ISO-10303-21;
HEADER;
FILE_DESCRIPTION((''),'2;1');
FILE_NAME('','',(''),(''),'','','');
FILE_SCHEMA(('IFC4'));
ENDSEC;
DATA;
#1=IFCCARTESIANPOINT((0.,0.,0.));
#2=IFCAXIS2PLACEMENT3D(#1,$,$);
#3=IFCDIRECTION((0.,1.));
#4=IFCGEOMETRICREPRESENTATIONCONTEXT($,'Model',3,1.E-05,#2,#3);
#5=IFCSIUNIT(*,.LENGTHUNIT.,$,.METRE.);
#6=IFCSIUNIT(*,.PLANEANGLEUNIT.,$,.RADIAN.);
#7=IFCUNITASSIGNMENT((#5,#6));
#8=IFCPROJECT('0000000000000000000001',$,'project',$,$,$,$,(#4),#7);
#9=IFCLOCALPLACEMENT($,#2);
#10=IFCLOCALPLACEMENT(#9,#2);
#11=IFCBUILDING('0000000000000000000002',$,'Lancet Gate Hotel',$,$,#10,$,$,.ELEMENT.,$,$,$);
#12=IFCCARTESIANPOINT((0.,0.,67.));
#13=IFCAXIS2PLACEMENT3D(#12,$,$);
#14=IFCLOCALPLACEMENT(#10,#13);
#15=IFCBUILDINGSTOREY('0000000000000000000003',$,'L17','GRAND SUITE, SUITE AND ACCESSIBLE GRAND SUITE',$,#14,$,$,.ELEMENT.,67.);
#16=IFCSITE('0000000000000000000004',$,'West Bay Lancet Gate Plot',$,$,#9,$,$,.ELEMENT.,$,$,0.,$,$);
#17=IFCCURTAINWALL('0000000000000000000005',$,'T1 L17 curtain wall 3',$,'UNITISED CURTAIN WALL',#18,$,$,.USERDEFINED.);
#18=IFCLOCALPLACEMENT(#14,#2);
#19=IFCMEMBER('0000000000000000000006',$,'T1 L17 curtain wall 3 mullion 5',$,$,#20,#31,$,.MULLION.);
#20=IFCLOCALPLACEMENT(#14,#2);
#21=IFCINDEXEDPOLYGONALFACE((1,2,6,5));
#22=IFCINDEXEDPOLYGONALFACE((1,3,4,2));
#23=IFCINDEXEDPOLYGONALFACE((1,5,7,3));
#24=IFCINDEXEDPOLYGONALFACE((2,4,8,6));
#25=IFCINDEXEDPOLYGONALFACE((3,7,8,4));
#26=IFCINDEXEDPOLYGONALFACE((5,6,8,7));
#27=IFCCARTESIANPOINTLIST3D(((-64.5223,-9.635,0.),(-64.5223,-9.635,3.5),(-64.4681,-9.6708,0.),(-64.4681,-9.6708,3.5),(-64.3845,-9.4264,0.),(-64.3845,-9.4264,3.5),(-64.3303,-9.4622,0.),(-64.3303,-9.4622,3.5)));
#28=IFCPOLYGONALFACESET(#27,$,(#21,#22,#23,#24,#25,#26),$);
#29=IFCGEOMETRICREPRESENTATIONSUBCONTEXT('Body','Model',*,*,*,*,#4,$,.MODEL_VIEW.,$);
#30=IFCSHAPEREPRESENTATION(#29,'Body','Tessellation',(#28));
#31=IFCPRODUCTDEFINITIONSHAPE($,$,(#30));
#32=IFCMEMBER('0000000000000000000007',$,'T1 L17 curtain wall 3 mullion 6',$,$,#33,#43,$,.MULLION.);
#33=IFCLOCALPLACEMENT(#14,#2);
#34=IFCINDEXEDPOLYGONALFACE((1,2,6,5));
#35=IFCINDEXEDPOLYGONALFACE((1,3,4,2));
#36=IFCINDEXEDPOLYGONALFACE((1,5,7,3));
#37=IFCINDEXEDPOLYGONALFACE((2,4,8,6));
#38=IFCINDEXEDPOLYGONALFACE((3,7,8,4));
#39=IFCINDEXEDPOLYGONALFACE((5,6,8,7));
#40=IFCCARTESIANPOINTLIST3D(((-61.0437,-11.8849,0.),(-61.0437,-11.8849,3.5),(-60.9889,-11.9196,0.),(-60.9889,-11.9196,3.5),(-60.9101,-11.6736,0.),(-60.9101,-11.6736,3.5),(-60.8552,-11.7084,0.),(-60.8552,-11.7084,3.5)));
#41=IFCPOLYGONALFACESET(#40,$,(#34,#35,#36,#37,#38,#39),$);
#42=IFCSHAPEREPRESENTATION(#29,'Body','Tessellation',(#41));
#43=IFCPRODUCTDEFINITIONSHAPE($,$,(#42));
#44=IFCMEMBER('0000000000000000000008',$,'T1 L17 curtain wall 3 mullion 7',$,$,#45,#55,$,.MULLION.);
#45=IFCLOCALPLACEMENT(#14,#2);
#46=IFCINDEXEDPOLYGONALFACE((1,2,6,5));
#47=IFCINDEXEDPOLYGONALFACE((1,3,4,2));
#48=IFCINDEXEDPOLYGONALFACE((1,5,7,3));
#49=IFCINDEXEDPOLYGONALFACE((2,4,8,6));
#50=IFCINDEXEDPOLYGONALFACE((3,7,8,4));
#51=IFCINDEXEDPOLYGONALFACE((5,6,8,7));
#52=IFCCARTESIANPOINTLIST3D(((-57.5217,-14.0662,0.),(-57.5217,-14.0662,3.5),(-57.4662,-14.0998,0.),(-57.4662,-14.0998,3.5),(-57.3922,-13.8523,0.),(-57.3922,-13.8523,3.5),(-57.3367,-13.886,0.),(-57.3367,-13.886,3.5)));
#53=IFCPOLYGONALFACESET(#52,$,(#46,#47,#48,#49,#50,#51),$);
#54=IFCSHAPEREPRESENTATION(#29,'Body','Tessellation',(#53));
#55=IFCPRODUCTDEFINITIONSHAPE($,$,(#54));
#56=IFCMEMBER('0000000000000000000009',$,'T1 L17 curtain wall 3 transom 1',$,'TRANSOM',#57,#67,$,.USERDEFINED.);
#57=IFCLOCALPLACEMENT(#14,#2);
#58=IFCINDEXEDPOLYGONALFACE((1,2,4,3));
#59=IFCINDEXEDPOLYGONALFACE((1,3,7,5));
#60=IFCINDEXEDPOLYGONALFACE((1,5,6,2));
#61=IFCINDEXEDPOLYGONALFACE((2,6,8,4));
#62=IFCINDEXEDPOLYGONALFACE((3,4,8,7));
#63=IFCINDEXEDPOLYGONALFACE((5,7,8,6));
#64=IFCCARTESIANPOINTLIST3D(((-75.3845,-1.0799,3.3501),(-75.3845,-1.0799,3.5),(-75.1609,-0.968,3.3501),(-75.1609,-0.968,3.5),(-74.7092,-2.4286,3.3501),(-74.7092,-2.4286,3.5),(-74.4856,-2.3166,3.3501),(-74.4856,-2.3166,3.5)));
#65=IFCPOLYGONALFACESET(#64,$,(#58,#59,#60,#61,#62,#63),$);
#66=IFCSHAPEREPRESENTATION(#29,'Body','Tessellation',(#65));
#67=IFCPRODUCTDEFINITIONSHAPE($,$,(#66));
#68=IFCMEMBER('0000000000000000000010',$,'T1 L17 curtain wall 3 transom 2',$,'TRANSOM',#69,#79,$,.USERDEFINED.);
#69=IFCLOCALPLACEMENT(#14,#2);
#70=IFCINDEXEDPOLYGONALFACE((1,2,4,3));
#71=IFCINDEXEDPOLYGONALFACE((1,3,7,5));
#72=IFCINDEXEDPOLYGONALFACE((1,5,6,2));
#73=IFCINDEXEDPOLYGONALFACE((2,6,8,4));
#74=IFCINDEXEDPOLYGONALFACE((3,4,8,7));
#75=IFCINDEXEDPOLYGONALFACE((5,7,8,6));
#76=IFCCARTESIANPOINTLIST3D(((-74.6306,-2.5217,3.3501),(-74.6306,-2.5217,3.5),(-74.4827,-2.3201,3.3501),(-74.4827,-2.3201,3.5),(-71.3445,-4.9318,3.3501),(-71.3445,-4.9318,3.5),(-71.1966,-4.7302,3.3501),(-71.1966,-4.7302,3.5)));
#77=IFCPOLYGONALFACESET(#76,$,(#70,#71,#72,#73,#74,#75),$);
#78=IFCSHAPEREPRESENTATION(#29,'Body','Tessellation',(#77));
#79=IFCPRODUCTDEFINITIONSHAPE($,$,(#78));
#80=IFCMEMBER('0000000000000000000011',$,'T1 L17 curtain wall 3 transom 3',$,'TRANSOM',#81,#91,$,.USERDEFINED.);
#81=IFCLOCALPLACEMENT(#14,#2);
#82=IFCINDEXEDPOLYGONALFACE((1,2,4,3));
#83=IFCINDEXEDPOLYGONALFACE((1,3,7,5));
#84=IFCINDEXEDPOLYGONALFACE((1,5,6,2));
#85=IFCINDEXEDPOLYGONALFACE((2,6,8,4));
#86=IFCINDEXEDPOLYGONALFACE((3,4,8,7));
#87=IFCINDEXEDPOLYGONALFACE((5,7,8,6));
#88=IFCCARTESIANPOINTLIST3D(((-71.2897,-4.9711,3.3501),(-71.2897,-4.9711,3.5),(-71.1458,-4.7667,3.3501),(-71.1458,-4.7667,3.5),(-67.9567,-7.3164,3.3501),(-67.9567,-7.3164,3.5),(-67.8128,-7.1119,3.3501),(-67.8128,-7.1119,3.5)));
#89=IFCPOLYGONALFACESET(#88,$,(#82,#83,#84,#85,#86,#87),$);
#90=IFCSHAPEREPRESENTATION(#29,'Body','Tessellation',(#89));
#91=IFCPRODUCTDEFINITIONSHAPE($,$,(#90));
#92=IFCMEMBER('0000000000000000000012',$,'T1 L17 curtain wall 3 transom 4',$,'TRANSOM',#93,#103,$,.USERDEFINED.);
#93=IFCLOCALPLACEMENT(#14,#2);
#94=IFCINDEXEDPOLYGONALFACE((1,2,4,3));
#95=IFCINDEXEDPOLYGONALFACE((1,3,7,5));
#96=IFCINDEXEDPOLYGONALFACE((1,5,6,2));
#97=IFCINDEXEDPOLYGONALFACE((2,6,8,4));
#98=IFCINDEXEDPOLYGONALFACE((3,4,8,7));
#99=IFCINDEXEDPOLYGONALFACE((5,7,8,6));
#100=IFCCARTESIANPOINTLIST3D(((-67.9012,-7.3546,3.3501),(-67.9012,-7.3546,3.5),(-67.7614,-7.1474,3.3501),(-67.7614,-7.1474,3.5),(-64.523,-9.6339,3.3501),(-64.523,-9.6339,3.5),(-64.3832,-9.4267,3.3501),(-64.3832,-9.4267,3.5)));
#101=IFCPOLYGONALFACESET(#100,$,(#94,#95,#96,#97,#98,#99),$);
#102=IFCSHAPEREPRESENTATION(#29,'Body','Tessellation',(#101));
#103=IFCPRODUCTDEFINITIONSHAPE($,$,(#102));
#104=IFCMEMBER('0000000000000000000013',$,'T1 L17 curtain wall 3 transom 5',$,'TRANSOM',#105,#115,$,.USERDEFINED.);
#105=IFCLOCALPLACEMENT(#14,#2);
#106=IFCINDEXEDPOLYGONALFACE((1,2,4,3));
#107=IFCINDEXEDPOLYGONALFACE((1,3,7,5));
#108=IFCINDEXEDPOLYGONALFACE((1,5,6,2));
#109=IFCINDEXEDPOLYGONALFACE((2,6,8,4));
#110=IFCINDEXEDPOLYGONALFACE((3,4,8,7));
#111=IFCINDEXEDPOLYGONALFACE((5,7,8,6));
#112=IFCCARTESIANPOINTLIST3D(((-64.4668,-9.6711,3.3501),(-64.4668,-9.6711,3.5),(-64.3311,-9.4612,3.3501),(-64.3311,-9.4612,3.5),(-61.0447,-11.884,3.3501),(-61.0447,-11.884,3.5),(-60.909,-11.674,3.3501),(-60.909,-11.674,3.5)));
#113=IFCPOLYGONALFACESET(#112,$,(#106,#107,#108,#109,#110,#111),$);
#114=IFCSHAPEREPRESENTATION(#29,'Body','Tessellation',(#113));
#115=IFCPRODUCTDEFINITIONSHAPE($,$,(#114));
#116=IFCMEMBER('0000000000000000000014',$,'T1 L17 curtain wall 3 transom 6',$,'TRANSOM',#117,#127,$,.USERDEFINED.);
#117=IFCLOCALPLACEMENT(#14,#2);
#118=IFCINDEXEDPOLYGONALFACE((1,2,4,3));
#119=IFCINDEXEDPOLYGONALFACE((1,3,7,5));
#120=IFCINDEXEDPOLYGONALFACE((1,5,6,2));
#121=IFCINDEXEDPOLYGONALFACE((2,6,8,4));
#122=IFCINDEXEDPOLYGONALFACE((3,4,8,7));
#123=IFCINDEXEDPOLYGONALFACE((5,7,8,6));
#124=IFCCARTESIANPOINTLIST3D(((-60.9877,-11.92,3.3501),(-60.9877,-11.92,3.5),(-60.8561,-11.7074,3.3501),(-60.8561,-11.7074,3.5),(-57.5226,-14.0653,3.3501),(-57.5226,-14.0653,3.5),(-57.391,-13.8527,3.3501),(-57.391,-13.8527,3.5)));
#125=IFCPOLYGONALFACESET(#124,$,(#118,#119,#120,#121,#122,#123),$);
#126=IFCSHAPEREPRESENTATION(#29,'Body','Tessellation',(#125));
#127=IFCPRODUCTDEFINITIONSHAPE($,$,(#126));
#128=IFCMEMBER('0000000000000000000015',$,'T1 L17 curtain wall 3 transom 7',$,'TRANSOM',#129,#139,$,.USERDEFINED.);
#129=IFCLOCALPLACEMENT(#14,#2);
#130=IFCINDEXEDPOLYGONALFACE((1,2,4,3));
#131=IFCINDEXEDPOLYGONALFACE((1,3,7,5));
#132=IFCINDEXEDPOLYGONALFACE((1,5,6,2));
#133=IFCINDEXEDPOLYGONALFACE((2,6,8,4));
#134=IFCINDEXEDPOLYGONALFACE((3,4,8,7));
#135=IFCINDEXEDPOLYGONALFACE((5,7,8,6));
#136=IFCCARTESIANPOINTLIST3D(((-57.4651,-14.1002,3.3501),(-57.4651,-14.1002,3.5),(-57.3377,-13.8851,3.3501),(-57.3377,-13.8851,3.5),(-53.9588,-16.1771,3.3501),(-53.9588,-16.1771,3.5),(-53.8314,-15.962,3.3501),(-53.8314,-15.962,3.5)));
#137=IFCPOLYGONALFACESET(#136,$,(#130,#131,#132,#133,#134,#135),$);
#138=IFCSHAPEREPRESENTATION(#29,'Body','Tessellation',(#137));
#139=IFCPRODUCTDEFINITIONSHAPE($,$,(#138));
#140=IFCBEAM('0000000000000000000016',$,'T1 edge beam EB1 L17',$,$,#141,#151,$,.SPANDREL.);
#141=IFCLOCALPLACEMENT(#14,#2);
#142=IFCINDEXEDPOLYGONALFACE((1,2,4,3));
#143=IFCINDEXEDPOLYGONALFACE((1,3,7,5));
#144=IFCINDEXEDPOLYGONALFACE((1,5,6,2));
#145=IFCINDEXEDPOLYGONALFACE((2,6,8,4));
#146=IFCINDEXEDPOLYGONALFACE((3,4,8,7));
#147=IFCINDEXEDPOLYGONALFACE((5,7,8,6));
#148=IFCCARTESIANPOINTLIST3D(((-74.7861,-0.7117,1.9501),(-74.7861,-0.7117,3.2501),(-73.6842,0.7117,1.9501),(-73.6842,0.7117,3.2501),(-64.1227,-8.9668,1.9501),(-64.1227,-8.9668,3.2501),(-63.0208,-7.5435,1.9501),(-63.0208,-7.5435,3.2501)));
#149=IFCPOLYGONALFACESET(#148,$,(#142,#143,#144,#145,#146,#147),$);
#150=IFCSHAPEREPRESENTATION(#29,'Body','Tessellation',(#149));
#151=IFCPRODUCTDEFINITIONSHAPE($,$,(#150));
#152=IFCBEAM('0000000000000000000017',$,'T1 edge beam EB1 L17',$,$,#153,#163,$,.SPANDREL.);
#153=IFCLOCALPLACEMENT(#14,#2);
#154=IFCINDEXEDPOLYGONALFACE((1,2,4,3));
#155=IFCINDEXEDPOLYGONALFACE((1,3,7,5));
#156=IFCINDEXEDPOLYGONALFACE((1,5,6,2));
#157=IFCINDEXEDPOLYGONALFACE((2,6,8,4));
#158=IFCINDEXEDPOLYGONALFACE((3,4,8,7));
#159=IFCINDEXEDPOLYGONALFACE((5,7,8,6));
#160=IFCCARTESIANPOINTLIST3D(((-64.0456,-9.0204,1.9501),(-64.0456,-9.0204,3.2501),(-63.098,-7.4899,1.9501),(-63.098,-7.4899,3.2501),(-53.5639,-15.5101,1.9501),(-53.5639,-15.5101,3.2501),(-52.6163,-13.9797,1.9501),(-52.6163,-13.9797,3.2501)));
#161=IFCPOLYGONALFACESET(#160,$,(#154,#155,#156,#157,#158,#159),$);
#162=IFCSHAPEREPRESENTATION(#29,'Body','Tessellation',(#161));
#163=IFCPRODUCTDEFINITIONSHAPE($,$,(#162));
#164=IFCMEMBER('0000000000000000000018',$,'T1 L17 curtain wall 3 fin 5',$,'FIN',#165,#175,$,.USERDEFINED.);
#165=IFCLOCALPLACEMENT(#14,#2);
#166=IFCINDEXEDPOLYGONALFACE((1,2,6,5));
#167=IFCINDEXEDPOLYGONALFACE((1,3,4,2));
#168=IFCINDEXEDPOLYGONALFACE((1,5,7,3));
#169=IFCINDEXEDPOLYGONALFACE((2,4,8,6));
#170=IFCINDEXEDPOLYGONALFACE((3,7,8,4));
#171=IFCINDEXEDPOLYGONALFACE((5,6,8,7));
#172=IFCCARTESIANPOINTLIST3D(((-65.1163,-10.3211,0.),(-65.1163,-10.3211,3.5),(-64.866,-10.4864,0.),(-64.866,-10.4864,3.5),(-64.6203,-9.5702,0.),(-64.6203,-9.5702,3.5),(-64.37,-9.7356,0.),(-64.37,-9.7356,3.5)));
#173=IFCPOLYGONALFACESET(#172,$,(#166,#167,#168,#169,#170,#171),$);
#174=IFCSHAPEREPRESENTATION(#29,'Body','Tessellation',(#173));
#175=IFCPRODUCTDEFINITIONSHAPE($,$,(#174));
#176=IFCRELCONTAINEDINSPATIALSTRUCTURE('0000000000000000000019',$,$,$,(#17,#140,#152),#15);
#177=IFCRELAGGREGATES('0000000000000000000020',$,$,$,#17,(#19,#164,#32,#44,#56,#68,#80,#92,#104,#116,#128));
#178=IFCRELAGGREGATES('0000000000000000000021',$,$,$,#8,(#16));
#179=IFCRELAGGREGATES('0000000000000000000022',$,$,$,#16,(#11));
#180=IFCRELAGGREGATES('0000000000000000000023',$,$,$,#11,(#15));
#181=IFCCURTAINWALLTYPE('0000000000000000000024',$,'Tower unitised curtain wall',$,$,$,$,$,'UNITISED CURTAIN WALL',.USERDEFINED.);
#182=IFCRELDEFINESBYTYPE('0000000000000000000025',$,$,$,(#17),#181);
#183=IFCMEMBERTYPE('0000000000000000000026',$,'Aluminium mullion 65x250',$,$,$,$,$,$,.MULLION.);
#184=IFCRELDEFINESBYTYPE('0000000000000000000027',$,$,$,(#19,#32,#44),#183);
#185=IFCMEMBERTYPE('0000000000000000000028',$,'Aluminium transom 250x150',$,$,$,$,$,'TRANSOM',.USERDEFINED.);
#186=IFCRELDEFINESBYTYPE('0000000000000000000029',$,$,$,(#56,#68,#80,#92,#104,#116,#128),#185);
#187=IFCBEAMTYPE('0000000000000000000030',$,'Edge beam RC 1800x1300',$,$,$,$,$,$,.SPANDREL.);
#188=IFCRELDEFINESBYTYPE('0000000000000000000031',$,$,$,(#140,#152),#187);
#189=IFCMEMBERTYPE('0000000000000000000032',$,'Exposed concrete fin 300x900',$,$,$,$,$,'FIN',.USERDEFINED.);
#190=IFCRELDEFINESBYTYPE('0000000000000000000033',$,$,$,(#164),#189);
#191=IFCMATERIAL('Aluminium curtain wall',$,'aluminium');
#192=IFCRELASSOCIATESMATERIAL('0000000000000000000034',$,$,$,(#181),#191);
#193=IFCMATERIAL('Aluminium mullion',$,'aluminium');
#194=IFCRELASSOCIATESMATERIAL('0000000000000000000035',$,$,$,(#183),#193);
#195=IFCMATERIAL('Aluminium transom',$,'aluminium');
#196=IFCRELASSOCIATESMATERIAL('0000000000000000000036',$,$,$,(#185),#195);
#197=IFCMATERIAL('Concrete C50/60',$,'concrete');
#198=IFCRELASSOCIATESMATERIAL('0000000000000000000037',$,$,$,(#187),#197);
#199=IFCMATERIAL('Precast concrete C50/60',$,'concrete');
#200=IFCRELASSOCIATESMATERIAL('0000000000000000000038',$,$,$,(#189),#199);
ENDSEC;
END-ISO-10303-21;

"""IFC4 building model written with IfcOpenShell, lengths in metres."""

from ifc_helpers import new_model, si_unit, direction, frame, origin, origin_2d, place, context, subcontext, project, spatial, rectangle, extrude, material, material_profile, profile_set, type_object, element, aggregate, save


model = new_model("IFC4")

# Units and contexts
model_context = context("Model", 3, precision=1e-05, world=origin(), true_north=direction((0.0, 1.0)))
body_context = subcontext(model_context, "Body", "Model", "MODEL_VIEW")
ifc_project = project(units=[si_unit("LENGTHUNIT", "METRE"), si_unit("PLANEANGLEUNIT", "RADIAN")], contexts=[model_context])

# Site, building, storey
site_placement = place(None, origin())
site = spatial("IfcSite", under=ifc_project, at=site_placement, Name="West Bay Lancet Gate Plot", CompositionType="ELEMENT", RefElevation=0.0)
building_placement = place(site_placement, origin())
building = spatial("IfcBuilding", under=site, at=building_placement, Name="Lancet Gate Hotel", CompositionType="ELEMENT")
storey_placement = place(building_placement, frame((0.0, 0.0, 67.0)))
storey = spatial("IfcBuildingStorey", under=building, at=storey_placement, Name="L17", Description="GRAND SUITE, SUITE AND ACCESSIBLE GRAND SUITE", CompositionType="ELEMENT", Elevation=67.0)

# Shared definitions
ifc_material_1 = material(Name="Aluminium curtain wall", Category="aluminium")
curtain_wall_type = type_object("IfcCurtainWallType", Name="Tower unitised curtain wall", ElementType="UNITISED CURTAIN WALL", PredefinedType="USERDEFINED", material=ifc_material_1)
ifc_material_2 = material(Name="Aluminium mullion", Category="aluminium")
ifc_material_profile_1 = material_profile(ifc_material_2, rectangle(XDim=0.0649, YDim=0.25, at=origin_2d()), Name="MULLION 65x250")
ifc_profile_set_1 = profile_set([ifc_material_profile_1], Name="Aluminium mullion")
member_type_1 = type_object("IfcMemberType", Name="Aluminium mullion 65x250", PredefinedType="MULLION", material=ifc_profile_set_1)

# Curtain wall, members
curtain_wall_1_placement = place(storey_placement, origin())
curtain_wall_1 = element("IfcCurtainWall", 1, at=curtain_wall_1_placement, inside=storey, type_object=curtain_wall_type, Name="T1 L17 curtain wall 3", ObjectType="UNITISED CURTAIN WALL", PredefinedType="USERDEFINED")
member_1_placement = place(storey_placement, frame((-64.4263, -9.5486, 0.0), z_axis=(0.0, 0.0, 1.0), x_axis=(0.834387, -0.551178, 0.0)))
member_1 = element("IfcMember", 2, at=member_1_placement, type_object=member_type_1, Name="T1 L17 curtain wall 3 mullion 5", PredefinedType="MULLION", context=body_context, shape_type="SweptSolid", body=[
    extrude(rectangle(XDim=0.0649, YDim=0.25, at=origin_2d()), origin(), (0.0, 0.0, 1.0), 3.5),
])
member_2_placement = place(storey_placement, frame((-60.9495, -11.7966, 0.0), z_axis=(0.0, 0.0, 1.0), x_axis=(0.845029, -0.53472, 0.0)))
member_2 = element("IfcMember", 3, at=member_2_placement, type_object=member_type_1, Name="T1 L17 curtain wall 3 mullion 6", PredefinedType="MULLION", context=body_context, shape_type="SweptSolid", body=[
    extrude(rectangle(XDim=0.0649, YDim=0.25, at=origin_2d()), origin(), (0.0, 0.0, 1.0), 3.5),
])
member_3_placement = place(storey_placement, frame((-57.4292, -13.9761, 0.0), z_axis=(0.0, 0.0, 1.0), x_axis=(0.855346, -0.518057, 0.0)))
member_3 = element("IfcMember", 4, at=member_3_placement, type_object=member_type_1, Name="T1 L17 curtain wall 3 mullion 7", PredefinedType="MULLION", context=body_context, shape_type="SweptSolid", body=[
    extrude(rectangle(XDim=0.0649, YDim=0.25, at=origin_2d()), origin(), (0.0, 0.0, 1.0), 3.5),
])
ifc_material_3 = material(Name="Aluminium transom", Category="aluminium")
ifc_material_profile_2 = material_profile(ifc_material_3, rectangle(XDim=0.25, YDim=0.1499, at=origin_2d()), Name="TRANSOM 250x150")
ifc_profile_set_2 = profile_set([ifc_material_profile_2], Name="Aluminium transom")
member_type_2 = type_object("IfcMemberType", Name="Aluminium transom 250x150", ElementType="TRANSOM", PredefinedType="USERDEFINED", material=ifc_profile_set_2)
member_4_placement = place(storey_placement, frame((-75.2727, -1.0239, 3.425), z_axis=(0.447732, -0.894168, 0.0), x_axis=(0.894168, 0.447732, 0.0)))
member_4 = element("IfcMember", 5, at=member_4_placement, type_object=member_type_2, Name="T1 L17 curtain wall 3 transom 1", ObjectType="TRANSOM", PredefinedType="USERDEFINED", context=body_context, shape_type="SweptSolid", body=[
    extrude(rectangle(XDim=0.25, YDim=0.1499, at=origin_2d()), origin(), (0.0, 0.0, 1.0), 1.5083),
])
member_5_placement = place(storey_placement, frame((-74.5566, -2.4209, 3.425), z_axis=(0.806367, -0.591416, 0.0), x_axis=(0.591416, 0.806367, 0.0)))
member_5 = element("IfcMember", 6, at=member_5_placement, type_object=member_type_2, Name="T1 L17 curtain wall 3 transom 2", ObjectType="TRANSOM", PredefinedType="USERDEFINED", context=body_context, shape_type="SweptSolid", body=[
    extrude(rectangle(XDim=0.25, YDim=0.1499, at=origin_2d()), origin(), (0.0, 0.0, 1.0), 4.0752),
])
member_6_placement = place(storey_placement, frame((-71.2178, -4.8689, 3.425), z_axis=(0.817834, -0.575455, 0.0), x_axis=(0.575455, 0.817834, 0.0)))
member_6 = element("IfcMember", 7, at=member_6_placement, type_object=member_type_2, Name="T1 L17 curtain wall 3 transom 3", ObjectType="TRANSOM", PredefinedType="USERDEFINED", context=body_context, shape_type="SweptSolid", body=[
    extrude(rectangle(XDim=0.25, YDim=0.1499, at=origin_2d()), origin(), (0.0, 0.0, 1.0), 4.0754),
])
member_7_placement = place(storey_placement, frame((-67.8313, -7.251, 3.425), z_axis=(0.828959, -0.559309, 0.0), x_axis=(0.559309, 0.828959, 0.0)))
member_7 = element("IfcMember", 8, at=member_7_placement, type_object=member_type_2, Name="T1 L17 curtain wall 3 transom 4", ObjectType="TRANSOM", PredefinedType="USERDEFINED", context=body_context, shape_type="SweptSolid", body=[
    extrude(rectangle(XDim=0.25, YDim=0.1499, at=origin_2d()), origin(), (0.0, 0.0, 1.0), 4.0752),
])
member_8_placement = place(storey_placement, frame((-64.3989, -9.5662, 3.425), z_axis=(0.839729, -0.543005, 0.0), x_axis=(0.543005, 0.839729, 0.0)))
member_8 = element("IfcMember", 9, at=member_8_placement, type_object=member_type_2, Name="T1 L17 curtain wall 3 transom 5", ObjectType="TRANSOM", PredefinedType="USERDEFINED", context=body_context, shape_type="SweptSolid", body=[
    extrude(rectangle(XDim=0.25, YDim=0.1499, at=origin_2d()), origin(), (0.0, 0.0, 1.0), 4.0752),
])
member_9_placement = place(storey_placement, frame((-60.9219, -11.8137, 3.425), z_axis=(0.850242, -0.526392, 0.0), x_axis=(0.526392, 0.850242, 0.0)))
member_9 = element("IfcMember", 10, at=member_9_placement, type_object=member_type_2, Name="T1 L17 curtain wall 3 transom 6", ObjectType="TRANSOM", PredefinedType="USERDEFINED", context=body_context, shape_type="SweptSolid", body=[
    extrude(rectangle(XDim=0.25, YDim=0.1499, at=origin_2d()), origin(), (0.0, 0.0, 1.0), 4.0754),
])
member_10_placement = place(storey_placement, frame((-57.4014, -13.9927, 3.425), z_axis=(0.860392, -0.509633, 0.0), x_axis=(0.509633, 0.860392, 0.0)))
member_10 = element("IfcMember", 11, at=member_10_placement, type_object=member_type_2, Name="T1 L17 curtain wall 3 transom 7", ObjectType="TRANSOM", PredefinedType="USERDEFINED", context=body_context, shape_type="SweptSolid", body=[
    extrude(rectangle(XDim=0.25, YDim=0.1499, at=origin_2d()), origin(), (0.0, 0.0, 1.0), 4.0752),
])

# Beams
ifc_material_4 = material(Name="Concrete C50/60", Category="concrete")
ifc_material_profile_3 = material_profile(ifc_material_4, rectangle(XDim=1.8, YDim=1.3, at=origin_2d()), Name="RC 1800x1300")
ifc_profile_set_3 = profile_set([ifc_material_profile_3], Name="Concrete C50/60")
beam_type_1 = type_object("IfcBeamType", Name="Edge beam RC 1800x1300", PredefinedType="SPANDREL", material=ifc_profile_set_3)
beam_1_placement = place(storey_placement, frame((-74.2351, 0.0, 2.6001), z_axis=(0.790736, -0.612157, 0.0), x_axis=(0.612157, 0.790736, 0.0)))
element("IfcBeam", 12, at=beam_1_placement, inside=storey, type_object=beam_type_1, Name="T1 edge beam EB1 L17", PredefinedType="SPANDREL", context=body_context, shape_type="SweptSolid", body=[
    extrude(rectangle(XDim=1.8, YDim=1.3, at=origin_2d()), origin(), (0.0, 0.0, 1.0), 13.4854),
])
beam_2_placement = place(storey_placement, frame((-63.5718, -8.2551, 2.6001), z_axis=(0.850226, -0.526418, 0.0), x_axis=(0.526418, 0.850226, 0.0)))
element("IfcBeam", 13, at=beam_2_placement, inside=storey, type_object=beam_type_1, Name="T1 edge beam EB1 L17", PredefinedType="SPANDREL", context=body_context, shape_type="SweptSolid", body=[
    extrude(rectangle(XDim=1.8, YDim=1.3, at=origin_2d()), origin(), (0.0, 0.0, 1.0), 12.3281),
])

# Member
ifc_material_5 = material(Name="Precast concrete C50/60", Category="concrete")
ifc_material_profile_4 = material_profile(ifc_material_5, rectangle(XDim=0.3, YDim=0.8999, at=origin_2d()), Name="FIN 300x900")
ifc_profile_set_4 = profile_set([ifc_material_profile_4], Name="Precast concrete C50/60")
member_type_3 = type_object("IfcMemberType", Name="Exposed concrete fin 300x900", ElementType="FIN", PredefinedType="USERDEFINED", material=ifc_profile_set_4)
member_11_placement = place(storey_placement, frame((-64.7432, -10.0283, 0.0), z_axis=(0.0, 0.0, 1.0), x_axis=(0.834387, -0.551178, 0.0)))
member_11 = element("IfcMember", 14, at=member_11_placement, type_object=member_type_3, Name="T1 L17 curtain wall 3 fin 5", ObjectType="FIN", PredefinedType="USERDEFINED", context=body_context, shape_type="SweptSolid", body=[
    extrude(rectangle(XDim=0.3, YDim=0.8999, at=origin_2d()), origin(), (0.0, 0.0, 1.0), 3.5),
])

aggregate(curtain_wall_1, [member_1, member_11, member_2, member_3, member_4, member_5, member_6, member_7, member_8, member_9, member_10])

save(model, "model.ifc")
